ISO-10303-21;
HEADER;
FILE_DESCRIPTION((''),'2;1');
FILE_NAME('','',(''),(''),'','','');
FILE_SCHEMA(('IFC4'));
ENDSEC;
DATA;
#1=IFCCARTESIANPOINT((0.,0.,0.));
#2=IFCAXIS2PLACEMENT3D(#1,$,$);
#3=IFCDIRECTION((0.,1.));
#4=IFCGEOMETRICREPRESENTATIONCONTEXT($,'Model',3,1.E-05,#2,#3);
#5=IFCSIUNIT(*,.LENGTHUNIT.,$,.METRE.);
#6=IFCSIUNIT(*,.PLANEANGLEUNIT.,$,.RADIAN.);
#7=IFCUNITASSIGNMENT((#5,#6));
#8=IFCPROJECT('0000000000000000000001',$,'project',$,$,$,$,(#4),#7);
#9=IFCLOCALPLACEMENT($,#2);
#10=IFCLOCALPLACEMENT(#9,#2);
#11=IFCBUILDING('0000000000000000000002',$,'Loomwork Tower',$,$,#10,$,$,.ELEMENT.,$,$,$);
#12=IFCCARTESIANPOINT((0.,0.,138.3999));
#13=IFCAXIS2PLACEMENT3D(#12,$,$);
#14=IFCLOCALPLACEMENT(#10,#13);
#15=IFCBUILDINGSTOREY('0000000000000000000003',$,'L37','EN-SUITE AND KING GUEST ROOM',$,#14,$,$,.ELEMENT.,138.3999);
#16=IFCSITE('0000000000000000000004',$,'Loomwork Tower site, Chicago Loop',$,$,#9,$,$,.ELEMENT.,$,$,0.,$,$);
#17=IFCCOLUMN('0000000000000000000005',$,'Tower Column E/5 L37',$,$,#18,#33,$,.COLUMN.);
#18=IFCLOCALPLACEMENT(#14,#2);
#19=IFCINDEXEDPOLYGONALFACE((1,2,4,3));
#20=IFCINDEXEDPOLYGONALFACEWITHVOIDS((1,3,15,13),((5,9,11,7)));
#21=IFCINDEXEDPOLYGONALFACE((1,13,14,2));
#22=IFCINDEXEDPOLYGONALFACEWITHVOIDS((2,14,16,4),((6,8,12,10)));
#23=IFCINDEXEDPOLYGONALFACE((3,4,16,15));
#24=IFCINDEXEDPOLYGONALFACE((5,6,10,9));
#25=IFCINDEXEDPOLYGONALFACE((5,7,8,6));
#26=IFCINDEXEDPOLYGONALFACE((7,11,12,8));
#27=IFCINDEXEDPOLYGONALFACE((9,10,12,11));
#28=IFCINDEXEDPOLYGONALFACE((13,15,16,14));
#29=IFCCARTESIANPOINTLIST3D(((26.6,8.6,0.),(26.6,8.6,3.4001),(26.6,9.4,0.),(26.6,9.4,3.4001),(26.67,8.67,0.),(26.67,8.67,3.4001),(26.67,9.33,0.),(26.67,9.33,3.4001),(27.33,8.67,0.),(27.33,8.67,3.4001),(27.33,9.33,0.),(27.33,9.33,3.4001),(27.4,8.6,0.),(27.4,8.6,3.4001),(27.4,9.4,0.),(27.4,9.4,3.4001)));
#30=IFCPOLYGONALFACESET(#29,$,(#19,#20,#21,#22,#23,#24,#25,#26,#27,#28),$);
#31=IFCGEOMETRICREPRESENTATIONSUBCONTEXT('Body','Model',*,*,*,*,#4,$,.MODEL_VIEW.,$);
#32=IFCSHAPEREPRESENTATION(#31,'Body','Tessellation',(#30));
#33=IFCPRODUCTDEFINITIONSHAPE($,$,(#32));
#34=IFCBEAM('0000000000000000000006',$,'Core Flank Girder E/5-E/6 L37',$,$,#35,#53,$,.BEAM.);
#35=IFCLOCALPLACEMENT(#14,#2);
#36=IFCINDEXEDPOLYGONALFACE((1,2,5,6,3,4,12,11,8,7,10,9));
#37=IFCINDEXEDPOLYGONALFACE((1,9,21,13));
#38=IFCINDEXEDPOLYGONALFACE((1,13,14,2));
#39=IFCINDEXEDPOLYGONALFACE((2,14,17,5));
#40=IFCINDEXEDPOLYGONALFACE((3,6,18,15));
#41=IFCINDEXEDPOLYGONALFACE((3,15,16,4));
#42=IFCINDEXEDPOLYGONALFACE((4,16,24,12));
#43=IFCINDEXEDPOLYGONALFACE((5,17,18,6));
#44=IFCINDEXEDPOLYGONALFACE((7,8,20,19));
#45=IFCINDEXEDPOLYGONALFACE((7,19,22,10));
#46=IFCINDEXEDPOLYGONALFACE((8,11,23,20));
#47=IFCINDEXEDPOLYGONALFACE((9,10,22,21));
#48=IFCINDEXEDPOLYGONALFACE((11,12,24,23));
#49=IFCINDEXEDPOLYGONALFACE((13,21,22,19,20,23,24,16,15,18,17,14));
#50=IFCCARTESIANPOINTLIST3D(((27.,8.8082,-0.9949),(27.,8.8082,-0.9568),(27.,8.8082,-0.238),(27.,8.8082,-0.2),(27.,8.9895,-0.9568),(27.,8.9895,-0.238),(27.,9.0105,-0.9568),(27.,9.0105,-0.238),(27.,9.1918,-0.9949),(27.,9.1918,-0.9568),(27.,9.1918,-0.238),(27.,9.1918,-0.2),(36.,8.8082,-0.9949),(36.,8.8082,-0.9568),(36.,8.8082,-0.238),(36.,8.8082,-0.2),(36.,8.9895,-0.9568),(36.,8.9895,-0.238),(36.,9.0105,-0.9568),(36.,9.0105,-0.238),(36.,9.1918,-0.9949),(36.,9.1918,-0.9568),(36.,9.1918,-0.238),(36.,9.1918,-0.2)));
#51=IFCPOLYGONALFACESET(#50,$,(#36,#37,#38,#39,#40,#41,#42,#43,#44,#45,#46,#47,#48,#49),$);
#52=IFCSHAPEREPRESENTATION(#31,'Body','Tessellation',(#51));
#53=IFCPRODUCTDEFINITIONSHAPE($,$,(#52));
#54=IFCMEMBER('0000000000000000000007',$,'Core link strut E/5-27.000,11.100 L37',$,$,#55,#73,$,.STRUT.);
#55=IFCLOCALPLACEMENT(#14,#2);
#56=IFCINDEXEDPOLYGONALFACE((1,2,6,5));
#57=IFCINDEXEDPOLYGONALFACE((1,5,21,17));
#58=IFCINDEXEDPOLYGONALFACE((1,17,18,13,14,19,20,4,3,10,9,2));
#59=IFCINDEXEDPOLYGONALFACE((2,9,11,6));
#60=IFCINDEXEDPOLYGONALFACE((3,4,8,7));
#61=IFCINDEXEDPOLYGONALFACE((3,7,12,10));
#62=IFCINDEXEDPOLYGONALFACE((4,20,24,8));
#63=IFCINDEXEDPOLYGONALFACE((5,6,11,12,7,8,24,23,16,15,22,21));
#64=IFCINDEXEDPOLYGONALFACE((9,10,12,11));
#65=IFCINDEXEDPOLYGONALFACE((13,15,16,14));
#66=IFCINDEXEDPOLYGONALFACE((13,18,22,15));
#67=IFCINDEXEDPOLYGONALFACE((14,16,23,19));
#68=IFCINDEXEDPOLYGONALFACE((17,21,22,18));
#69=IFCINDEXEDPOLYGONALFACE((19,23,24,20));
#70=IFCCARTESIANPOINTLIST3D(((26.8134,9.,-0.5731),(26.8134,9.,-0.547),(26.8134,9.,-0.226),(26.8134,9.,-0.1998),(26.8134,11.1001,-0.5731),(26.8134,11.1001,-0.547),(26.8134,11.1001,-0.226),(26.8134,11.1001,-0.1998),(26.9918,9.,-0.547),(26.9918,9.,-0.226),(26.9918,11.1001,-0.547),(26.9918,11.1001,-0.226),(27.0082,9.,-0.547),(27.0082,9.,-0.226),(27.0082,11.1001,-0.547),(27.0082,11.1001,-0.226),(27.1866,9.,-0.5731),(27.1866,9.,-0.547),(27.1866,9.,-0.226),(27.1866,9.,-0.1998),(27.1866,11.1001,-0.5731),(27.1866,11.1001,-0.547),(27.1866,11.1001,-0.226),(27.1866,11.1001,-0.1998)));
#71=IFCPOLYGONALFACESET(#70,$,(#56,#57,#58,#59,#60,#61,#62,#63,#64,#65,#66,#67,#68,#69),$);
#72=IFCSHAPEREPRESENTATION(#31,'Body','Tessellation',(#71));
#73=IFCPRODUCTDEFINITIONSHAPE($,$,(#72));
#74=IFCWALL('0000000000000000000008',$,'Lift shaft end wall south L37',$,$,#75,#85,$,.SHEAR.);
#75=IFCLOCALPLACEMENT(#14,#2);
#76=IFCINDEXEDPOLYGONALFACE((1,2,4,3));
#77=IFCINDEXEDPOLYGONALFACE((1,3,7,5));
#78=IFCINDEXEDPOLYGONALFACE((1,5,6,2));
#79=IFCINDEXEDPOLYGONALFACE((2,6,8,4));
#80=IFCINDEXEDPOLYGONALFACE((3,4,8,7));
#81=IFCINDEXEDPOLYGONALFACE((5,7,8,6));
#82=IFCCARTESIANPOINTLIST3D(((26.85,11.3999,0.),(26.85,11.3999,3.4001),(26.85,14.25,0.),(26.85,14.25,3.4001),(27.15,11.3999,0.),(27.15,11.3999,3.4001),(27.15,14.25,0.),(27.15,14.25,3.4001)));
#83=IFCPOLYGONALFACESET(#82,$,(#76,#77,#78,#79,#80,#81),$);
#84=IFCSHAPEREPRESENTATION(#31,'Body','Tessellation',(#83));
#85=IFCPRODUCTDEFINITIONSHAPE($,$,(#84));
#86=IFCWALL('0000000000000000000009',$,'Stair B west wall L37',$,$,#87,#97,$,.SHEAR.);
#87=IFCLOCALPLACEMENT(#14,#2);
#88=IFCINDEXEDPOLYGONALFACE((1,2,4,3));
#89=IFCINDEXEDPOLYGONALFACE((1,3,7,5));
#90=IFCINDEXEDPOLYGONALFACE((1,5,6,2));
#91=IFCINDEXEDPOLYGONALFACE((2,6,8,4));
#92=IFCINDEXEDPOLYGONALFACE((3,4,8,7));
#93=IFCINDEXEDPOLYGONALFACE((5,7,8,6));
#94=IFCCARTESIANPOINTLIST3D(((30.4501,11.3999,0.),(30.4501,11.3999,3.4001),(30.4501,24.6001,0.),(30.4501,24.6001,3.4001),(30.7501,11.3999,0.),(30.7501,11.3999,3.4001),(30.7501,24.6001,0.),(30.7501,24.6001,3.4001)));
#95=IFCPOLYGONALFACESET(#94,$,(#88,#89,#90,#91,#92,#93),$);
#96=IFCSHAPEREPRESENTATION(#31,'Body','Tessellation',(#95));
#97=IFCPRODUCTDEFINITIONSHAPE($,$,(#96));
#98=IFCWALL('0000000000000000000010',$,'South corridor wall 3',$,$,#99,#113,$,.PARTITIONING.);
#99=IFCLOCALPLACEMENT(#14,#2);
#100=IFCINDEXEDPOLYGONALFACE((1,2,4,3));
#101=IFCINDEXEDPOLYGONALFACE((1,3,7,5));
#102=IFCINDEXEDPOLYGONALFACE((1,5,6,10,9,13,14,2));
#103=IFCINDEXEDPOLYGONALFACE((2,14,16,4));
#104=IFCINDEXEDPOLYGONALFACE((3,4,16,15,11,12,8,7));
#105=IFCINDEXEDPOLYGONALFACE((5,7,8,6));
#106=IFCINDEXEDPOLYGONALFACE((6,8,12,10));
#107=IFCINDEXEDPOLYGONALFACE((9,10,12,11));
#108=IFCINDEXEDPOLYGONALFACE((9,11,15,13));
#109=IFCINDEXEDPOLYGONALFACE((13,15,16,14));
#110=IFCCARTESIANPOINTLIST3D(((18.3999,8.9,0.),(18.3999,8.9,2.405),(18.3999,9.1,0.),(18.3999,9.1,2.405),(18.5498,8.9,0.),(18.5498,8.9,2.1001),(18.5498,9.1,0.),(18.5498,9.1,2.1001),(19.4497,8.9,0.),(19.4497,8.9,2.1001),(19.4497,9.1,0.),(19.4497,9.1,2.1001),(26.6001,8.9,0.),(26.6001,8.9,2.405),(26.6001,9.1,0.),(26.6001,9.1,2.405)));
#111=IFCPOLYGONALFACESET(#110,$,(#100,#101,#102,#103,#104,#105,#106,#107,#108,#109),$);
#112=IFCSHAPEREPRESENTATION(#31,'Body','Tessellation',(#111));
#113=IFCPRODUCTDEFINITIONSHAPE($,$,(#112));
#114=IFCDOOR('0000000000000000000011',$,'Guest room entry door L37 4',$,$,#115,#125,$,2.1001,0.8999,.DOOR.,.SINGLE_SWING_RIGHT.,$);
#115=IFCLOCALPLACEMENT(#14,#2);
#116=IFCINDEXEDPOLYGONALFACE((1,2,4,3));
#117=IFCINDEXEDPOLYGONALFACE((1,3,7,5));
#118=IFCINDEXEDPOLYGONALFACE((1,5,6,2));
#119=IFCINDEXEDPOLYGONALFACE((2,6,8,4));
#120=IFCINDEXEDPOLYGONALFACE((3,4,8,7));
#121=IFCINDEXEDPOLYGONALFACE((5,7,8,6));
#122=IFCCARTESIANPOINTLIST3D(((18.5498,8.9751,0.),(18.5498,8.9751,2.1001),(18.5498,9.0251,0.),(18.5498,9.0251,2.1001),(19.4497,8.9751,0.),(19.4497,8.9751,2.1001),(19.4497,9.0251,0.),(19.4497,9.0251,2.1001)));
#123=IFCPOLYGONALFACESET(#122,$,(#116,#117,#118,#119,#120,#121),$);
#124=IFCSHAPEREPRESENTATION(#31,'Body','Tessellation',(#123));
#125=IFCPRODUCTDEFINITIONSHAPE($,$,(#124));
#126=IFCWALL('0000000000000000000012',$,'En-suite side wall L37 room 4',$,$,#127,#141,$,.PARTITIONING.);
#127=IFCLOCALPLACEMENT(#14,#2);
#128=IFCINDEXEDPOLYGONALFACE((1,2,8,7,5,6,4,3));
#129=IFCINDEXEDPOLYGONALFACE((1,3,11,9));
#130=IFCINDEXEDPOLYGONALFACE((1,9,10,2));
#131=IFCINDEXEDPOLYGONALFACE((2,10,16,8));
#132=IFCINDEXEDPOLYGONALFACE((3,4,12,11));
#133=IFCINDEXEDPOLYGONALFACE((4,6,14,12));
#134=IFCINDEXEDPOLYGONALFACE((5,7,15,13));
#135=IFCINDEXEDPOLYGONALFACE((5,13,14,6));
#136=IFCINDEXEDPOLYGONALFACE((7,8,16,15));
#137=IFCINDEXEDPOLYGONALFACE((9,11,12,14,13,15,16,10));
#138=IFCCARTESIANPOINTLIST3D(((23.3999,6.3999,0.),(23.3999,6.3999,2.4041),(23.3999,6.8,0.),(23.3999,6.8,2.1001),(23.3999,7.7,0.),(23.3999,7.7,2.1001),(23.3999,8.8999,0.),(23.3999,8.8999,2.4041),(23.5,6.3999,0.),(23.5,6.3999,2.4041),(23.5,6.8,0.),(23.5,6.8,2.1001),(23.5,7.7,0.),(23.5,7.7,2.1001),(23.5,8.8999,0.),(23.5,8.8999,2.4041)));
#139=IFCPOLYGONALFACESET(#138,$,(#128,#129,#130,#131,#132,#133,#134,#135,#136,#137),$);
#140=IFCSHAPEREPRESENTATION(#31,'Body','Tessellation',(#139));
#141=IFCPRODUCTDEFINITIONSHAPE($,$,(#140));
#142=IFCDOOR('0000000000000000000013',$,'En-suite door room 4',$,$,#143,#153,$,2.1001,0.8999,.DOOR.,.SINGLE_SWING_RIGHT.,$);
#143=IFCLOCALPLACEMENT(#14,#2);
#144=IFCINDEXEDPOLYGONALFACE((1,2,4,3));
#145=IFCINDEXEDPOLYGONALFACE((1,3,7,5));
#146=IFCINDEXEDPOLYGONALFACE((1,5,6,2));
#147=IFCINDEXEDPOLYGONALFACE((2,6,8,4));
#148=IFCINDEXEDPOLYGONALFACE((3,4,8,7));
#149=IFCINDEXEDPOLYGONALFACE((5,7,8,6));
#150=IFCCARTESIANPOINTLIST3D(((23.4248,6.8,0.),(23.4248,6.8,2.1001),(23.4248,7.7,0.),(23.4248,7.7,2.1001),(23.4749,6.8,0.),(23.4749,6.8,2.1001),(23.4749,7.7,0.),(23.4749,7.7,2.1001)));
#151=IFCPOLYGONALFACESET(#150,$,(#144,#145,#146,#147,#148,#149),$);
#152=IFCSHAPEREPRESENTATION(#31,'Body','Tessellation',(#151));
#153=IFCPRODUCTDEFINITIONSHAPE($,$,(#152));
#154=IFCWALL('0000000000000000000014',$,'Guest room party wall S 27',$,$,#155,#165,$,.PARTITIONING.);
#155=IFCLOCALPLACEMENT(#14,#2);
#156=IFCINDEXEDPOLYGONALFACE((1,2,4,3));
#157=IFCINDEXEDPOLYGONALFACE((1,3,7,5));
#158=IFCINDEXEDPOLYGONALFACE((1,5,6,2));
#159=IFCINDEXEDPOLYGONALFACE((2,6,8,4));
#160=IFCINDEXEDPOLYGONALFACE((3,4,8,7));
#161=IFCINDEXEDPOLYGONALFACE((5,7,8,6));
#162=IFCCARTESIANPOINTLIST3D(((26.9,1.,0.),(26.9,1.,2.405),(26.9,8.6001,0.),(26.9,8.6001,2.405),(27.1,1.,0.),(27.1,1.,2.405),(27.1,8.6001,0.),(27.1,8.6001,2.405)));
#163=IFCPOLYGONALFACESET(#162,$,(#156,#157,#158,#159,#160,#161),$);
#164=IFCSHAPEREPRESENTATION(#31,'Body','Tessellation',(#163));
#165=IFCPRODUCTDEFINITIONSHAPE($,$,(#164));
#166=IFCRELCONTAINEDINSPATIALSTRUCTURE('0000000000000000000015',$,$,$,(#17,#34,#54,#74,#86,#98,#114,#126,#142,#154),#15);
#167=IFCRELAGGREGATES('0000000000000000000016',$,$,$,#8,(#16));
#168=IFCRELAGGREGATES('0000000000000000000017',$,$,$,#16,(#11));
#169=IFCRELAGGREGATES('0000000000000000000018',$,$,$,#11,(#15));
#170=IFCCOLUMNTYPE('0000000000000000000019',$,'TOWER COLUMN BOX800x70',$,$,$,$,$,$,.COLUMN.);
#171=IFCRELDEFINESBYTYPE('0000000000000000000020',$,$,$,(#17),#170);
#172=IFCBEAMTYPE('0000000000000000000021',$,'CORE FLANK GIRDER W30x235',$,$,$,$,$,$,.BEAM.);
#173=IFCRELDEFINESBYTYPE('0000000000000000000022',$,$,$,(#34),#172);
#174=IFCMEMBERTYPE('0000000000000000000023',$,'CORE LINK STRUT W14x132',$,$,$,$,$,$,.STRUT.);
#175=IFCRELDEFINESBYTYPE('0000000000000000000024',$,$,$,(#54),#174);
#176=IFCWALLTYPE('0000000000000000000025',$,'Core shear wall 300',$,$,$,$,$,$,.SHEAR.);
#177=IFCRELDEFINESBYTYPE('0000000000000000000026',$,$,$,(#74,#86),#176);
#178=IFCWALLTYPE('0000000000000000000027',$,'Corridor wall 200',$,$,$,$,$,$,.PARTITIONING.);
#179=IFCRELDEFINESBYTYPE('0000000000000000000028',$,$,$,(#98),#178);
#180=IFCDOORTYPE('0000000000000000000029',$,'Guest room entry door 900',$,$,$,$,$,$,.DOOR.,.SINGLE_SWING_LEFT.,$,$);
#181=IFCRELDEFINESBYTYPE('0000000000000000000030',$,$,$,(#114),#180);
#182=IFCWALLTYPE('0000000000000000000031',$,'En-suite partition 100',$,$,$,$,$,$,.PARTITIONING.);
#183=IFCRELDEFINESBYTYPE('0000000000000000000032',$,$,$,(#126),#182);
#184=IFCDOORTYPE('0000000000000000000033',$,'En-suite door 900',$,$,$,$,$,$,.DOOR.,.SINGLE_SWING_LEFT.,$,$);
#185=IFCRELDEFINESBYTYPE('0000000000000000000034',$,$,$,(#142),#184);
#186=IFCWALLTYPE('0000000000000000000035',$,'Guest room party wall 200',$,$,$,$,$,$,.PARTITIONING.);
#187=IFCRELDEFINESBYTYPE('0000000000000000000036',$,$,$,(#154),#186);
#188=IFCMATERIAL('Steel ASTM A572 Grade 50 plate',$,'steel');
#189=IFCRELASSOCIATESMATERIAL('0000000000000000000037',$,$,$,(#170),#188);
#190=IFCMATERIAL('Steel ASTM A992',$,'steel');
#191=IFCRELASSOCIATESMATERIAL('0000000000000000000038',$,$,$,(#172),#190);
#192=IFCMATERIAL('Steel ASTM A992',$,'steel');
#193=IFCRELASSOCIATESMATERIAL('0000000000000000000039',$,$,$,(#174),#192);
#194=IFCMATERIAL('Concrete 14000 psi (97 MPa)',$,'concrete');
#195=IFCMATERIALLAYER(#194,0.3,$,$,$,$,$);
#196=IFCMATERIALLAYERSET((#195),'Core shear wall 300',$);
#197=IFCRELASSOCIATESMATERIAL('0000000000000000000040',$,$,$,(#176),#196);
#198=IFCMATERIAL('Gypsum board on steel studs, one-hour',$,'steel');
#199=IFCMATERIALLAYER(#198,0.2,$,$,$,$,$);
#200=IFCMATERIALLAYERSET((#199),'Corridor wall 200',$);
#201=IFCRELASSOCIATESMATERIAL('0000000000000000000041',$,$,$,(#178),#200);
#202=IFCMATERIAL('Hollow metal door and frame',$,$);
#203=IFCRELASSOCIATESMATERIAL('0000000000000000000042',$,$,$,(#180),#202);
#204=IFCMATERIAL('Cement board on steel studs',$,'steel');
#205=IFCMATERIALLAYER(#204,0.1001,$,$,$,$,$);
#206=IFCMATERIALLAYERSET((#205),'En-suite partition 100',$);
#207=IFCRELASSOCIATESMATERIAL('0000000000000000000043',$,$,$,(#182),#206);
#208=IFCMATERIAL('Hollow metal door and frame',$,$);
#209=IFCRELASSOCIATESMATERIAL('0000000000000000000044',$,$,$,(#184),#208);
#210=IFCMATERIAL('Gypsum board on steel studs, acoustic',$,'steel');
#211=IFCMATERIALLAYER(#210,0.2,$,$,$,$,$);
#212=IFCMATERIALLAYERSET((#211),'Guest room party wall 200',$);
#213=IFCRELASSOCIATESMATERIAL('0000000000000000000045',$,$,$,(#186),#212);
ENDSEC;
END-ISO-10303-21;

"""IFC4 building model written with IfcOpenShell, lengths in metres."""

from ifc_helpers import new_model, si_unit, direction, frame, frame_2d, origin, origin_2d, place, context, subcontext, project, spatial, rectangle, hollow_rectangle, i_section, extrude, material, layer, layer_set, material_profile, profile_set, type_object, element, fill, save


model = new_model("IFC4")

# Units and contexts
model_context = context("Model", 3, precision=1e-05, world=origin(), true_north=direction((0.0, 1.0)))
body_context = subcontext(model_context, "Body", "Model", "MODEL_VIEW")
ifc_project = project(units=[si_unit("LENGTHUNIT", "METRE"), si_unit("PLANEANGLEUNIT", "RADIAN")], contexts=[model_context])

# Site, building, storey
site_placement = place(None, origin())
site = spatial("IfcSite", under=ifc_project, at=site_placement, Name="Loomwork Tower site, Chicago Loop", CompositionType="ELEMENT", RefElevation=0.0)
building_placement = place(site_placement, origin())
building = spatial("IfcBuilding", under=site, at=building_placement, Name="Loomwork Tower", CompositionType="ELEMENT")
storey_placement = place(building_placement, frame((0.0, 0.0, 138.3999)))
storey = spatial("IfcBuildingStorey", under=building, at=storey_placement, Name="L37", Description="EN-SUITE AND KING GUEST ROOM", CompositionType="ELEMENT", Elevation=138.3999)

# Column
ifc_material_1 = material(Name="Steel ASTM A572 Grade 50 plate", Category="steel")
ifc_material_profile_1 = material_profile(ifc_material_1, hollow_rectangle(XDim=0.8, YDim=0.8, WallThickness=0.0701, at=origin_2d()), Name="BOX800x70")
ifc_profile_set_1 = profile_set([ifc_material_profile_1], Name="Steel ASTM A572 Grade 50 plate")
column_type = type_object("IfcColumnType", Name="TOWER COLUMN BOX800x70", PredefinedType="COLUMN", material=ifc_profile_set_1)
column_placement = place(storey_placement, frame((27.0, 9.0, 0.0), z_axis=(0.0, 0.0, 1.0), x_axis=(1.0, 0.0, 0.0)))
element("IfcColumn", 1, at=column_placement, inside=storey, type_object=column_type, Name="Tower Column E/5 L37", PredefinedType="COLUMN", context=body_context, shape_type="SweptSolid", body=[
    extrude(hollow_rectangle(XDim=0.8, YDim=0.8, WallThickness=0.0701, at=origin_2d()), origin(), (0.0, 0.0, 1.0), 3.4001),
])

# Beam
ifc_material_2 = material(Name="Steel ASTM A992", Category="steel")
ifc_material_profile_2 = material_profile(ifc_material_2, i_section(OverallWidth=0.3835, OverallDepth=0.7949, WebThickness=0.021, FlangeThickness=0.0381, at=origin_2d()), Name="W30x235")
ifc_profile_set_2 = profile_set([ifc_material_profile_2], Name="Steel ASTM A992")
beam_type = type_object("IfcBeamType", Name="CORE FLANK GIRDER W30x235", PredefinedType="BEAM", material=ifc_profile_set_2)
beam_placement = place(storey_placement, frame((27.0, 9.0, -0.5974), z_axis=(1.0, 0.0, 0.0), x_axis=(0.0, 1.0, 0.0)))
element("IfcBeam", 2, at=beam_placement, inside=storey, type_object=beam_type, Name="Core Flank Girder E/5-E/6 L37", PredefinedType="BEAM", context=body_context, shape_type="SweptSolid", body=[
    extrude(i_section(OverallWidth=0.3835, OverallDepth=0.7949, WebThickness=0.021, FlangeThickness=0.0381, at=origin_2d()), origin(), (0.0, 0.0, 1.0), 9.0),
])

# Member
ifc_material_3 = material(Name="Steel ASTM A992", Category="steel")
ifc_material_profile_3 = material_profile(ifc_material_3, i_section(OverallWidth=0.3733, OverallDepth=0.3733, WebThickness=0.0164, FlangeThickness=0.0261, at=origin_2d()), Name="W14x132")
ifc_profile_set_3 = profile_set([ifc_material_profile_3], Name="Steel ASTM A992")
member_type = type_object("IfcMemberType", Name="CORE LINK STRUT W14x132", PredefinedType="STRUT", material=ifc_profile_set_3)
member_placement = place(storey_placement, frame((27.0, 9.0, -0.3865), z_axis=(0.0, 1.0, 0.0), x_axis=(-1.0, 0.0, 0.0)))
element("IfcMember", 3, at=member_placement, inside=storey, type_object=member_type, Name="Core link strut E/5-27.000,11.100 L37", PredefinedType="STRUT", context=body_context, shape_type="SweptSolid", body=[
    extrude(i_section(OverallWidth=0.3733, OverallDepth=0.3733, WebThickness=0.0164, FlangeThickness=0.0261, at=origin_2d()), origin(), (0.0, 0.0, 1.0), 2.1001),
])

# Walls
ifc_material_4 = material(Name="Concrete 14000 psi (97 MPa)", Category="concrete")
ifc_layer_1 = layer(ifc_material_4, 0.3)
ifc_layer_set_1 = layer_set([ifc_layer_1], Name="Core shear wall 300")
wall_type_1 = type_object("IfcWallType", Name="Core shear wall 300", PredefinedType="SHEAR", material=ifc_layer_set_1)
wall_1_placement = place(storey_placement, frame((27.0, 11.3999, 0.0), z_axis=(0.0, 0.0, 1.0), x_axis=(0.0, 1.0, 0.0)))
element("IfcWall", 4, at=wall_1_placement, inside=storey, type_object=wall_type_1, Name="Lift shaft end wall south L37", PredefinedType="SHEAR", context=body_context, shape_type="SweptSolid", body=[
    extrude(rectangle(XDim=2.8501, YDim=0.3, at=frame_2d((1.425, 0.0))), origin(), (0.0, 0.0, 1.0), 3.4001),
])
wall_2_placement = place(storey_placement, frame((30.6001, 11.3999, 0.0), z_axis=(0.0, 0.0, 1.0), x_axis=(0.0, 1.0, 0.0)))
element("IfcWall", 5, at=wall_2_placement, inside=storey, type_object=wall_type_1, Name="Stair B west wall L37", PredefinedType="SHEAR", context=body_context, shape_type="SweptSolid", body=[
    extrude(rectangle(XDim=13.2002, YDim=0.3, at=frame_2d((6.6001, 0.0))), origin(), (0.0, 0.0, 1.0), 3.4001),
])

# Walls, openings, doors
ifc_material_5 = material(Name="Gypsum board on steel studs, one-hour", Category="steel")
ifc_layer_2 = layer(ifc_material_5, 0.2)
ifc_layer_set_2 = layer_set([ifc_layer_2], Name="Corridor wall 200")
wall_type_2 = type_object("IfcWallType", Name="Corridor wall 200", PredefinedType="PARTITIONING", material=ifc_layer_set_2)
wall_3_placement = place(storey_placement, frame((18.3999, 9.0, 0.0), z_axis=(0.0, 0.0, 1.0), x_axis=(1.0, 0.0, 0.0)))
wall_3 = element("IfcWall", 6, at=wall_3_placement, inside=storey, type_object=wall_type_2, Name="South corridor wall 3", PredefinedType="PARTITIONING", context=body_context, shape_type="SweptSolid", body=[
    extrude(rectangle(XDim=8.2002, YDim=0.2, at=frame_2d((4.1001, 0.0))), origin(), (0.0, 0.0, 1.0), 2.405),
])
opening_1_placement = place(wall_3_placement, frame((0.1499, 0.0, 0.0)))
opening_1 = element("IfcOpeningElement", 7, at=opening_1_placement, cuts=wall_3, PredefinedType="OPENING", context=body_context, shape_type="SweptSolid", body=[
    extrude(rectangle(XDim=0.8999, YDim=2.1001, at=frame_2d((0.45, 1.05))), frame((0.0, 0.1099, 0.0), z_axis=(0.0, -1.0, 0.0), x_axis=(1.0, 0.0, 0.0)), (0.0, 0.0, 1.0), 0.22),
])
ifc_material_6 = material(Name="Hollow metal door and frame")
door_type_1 = type_object("IfcDoorType", Name="Guest room entry door 900", OperationType="SINGLE_SWING_LEFT", PredefinedType="DOOR", material=ifc_material_6)
door_1_placement = place(opening_1_placement, frame((0.8999, 0.0, 0.0), z_axis=(0.0, 0.0, 1.0), x_axis=(-1.0, 0.0, 0.0)))
door_1 = element("IfcDoor", 8, at=door_1_placement, inside=storey, type_object=door_type_1, Name="Guest room entry door L37 4", OperationType="SINGLE_SWING_RIGHT", OverallHeight=2.1001, OverallWidth=0.8999, PredefinedType="DOOR", context=body_context, shape_type="SweptSolid", body=[
    extrude(rectangle(XDim=0.8999, YDim=2.1001, at=frame_2d((0.45, 1.05))), frame((0.0, 0.0249, 0.0), z_axis=(0.0, -1.0, 0.0), x_axis=(1.0, 0.0, 0.0)), (0.0, 0.0, 1.0), 0.05),
])
fill(opening_1, door_1)
ifc_material_7 = material(Name="Cement board on steel studs", Category="steel")
ifc_layer_3 = layer(ifc_material_7, 0.1001)
ifc_layer_set_3 = layer_set([ifc_layer_3], Name="En-suite partition 100")
wall_type_3 = type_object("IfcWallType", Name="En-suite partition 100", PredefinedType="PARTITIONING", material=ifc_layer_set_3)
wall_4_placement = place(storey_placement, frame((23.45, 8.8999, 0.0), z_axis=(0.0, 0.0, 1.0), x_axis=(0.0, -1.0, 0.0)))
wall_4 = element("IfcWall", 9, at=wall_4_placement, inside=storey, type_object=wall_type_3, Name="En-suite side wall L37 room 4", PredefinedType="PARTITIONING", context=body_context, shape_type="SweptSolid", body=[
    extrude(rectangle(XDim=2.5, YDim=0.1001, at=frame_2d((1.25, 0.0))), origin(), (0.0, 0.0, 1.0), 2.4041),
])
opening_2_placement = place(wall_4_placement, frame((1.2, 0.0, 0.0)))
opening_2 = element("IfcOpeningElement", 10, at=opening_2_placement, cuts=wall_4, PredefinedType="OPENING", context=body_context, shape_type="SweptSolid", body=[
    extrude(rectangle(XDim=0.8999, YDim=2.1001, at=frame_2d((0.45, 1.05))), frame((0.0, 0.0601, 0.0), z_axis=(0.0, -1.0, 0.0), x_axis=(1.0, 0.0, 0.0)), (0.0, 0.0, 1.0), 0.1201),
])
ifc_material_8 = material(Name="Hollow metal door and frame")
door_type_2 = type_object("IfcDoorType", Name="En-suite door 900", OperationType="SINGLE_SWING_LEFT", PredefinedType="DOOR", material=ifc_material_8)
door_2_placement = place(opening_2_placement, origin())
door_2 = element("IfcDoor", 11, at=door_2_placement, inside=storey, type_object=door_type_2, Name="En-suite door room 4", OperationType="SINGLE_SWING_RIGHT", OverallHeight=2.1001, OverallWidth=0.8999, PredefinedType="DOOR", context=body_context, shape_type="SweptSolid", body=[
    extrude(rectangle(XDim=0.8999, YDim=2.1001, at=frame_2d((0.45, 1.05))), frame((0.0, 0.0249, 0.0), z_axis=(0.0, -1.0, 0.0), x_axis=(1.0, 0.0, 0.0)), (0.0, 0.0, 1.0), 0.05),
])
fill(opening_2, door_2)

# Wall
ifc_material_9 = material(Name="Gypsum board on steel studs, acoustic", Category="steel")
ifc_layer_4 = layer(ifc_material_9, 0.2)
ifc_layer_set_4 = layer_set([ifc_layer_4], Name="Guest room party wall 200")
wall_type_4 = type_object("IfcWallType", Name="Guest room party wall 200", PredefinedType="PARTITIONING", material=ifc_layer_set_4)
wall_5_placement = place(storey_placement, frame((27.0, 8.6001, 0.0), z_axis=(0.0, 0.0, 1.0), x_axis=(0.0, -1.0, 0.0)))
element("IfcWall", 12, at=wall_5_placement, inside=storey, type_object=wall_type_4, Name="Guest room party wall S 27", PredefinedType="PARTITIONING", context=body_context, shape_type="SweptSolid", body=[
    extrude(rectangle(XDim=7.6001, YDim=0.2, at=frame_2d((3.8, 0.0))), origin(), (0.0, 0.0, 1.0), 2.405),
])

save(model, "model.ifc")
